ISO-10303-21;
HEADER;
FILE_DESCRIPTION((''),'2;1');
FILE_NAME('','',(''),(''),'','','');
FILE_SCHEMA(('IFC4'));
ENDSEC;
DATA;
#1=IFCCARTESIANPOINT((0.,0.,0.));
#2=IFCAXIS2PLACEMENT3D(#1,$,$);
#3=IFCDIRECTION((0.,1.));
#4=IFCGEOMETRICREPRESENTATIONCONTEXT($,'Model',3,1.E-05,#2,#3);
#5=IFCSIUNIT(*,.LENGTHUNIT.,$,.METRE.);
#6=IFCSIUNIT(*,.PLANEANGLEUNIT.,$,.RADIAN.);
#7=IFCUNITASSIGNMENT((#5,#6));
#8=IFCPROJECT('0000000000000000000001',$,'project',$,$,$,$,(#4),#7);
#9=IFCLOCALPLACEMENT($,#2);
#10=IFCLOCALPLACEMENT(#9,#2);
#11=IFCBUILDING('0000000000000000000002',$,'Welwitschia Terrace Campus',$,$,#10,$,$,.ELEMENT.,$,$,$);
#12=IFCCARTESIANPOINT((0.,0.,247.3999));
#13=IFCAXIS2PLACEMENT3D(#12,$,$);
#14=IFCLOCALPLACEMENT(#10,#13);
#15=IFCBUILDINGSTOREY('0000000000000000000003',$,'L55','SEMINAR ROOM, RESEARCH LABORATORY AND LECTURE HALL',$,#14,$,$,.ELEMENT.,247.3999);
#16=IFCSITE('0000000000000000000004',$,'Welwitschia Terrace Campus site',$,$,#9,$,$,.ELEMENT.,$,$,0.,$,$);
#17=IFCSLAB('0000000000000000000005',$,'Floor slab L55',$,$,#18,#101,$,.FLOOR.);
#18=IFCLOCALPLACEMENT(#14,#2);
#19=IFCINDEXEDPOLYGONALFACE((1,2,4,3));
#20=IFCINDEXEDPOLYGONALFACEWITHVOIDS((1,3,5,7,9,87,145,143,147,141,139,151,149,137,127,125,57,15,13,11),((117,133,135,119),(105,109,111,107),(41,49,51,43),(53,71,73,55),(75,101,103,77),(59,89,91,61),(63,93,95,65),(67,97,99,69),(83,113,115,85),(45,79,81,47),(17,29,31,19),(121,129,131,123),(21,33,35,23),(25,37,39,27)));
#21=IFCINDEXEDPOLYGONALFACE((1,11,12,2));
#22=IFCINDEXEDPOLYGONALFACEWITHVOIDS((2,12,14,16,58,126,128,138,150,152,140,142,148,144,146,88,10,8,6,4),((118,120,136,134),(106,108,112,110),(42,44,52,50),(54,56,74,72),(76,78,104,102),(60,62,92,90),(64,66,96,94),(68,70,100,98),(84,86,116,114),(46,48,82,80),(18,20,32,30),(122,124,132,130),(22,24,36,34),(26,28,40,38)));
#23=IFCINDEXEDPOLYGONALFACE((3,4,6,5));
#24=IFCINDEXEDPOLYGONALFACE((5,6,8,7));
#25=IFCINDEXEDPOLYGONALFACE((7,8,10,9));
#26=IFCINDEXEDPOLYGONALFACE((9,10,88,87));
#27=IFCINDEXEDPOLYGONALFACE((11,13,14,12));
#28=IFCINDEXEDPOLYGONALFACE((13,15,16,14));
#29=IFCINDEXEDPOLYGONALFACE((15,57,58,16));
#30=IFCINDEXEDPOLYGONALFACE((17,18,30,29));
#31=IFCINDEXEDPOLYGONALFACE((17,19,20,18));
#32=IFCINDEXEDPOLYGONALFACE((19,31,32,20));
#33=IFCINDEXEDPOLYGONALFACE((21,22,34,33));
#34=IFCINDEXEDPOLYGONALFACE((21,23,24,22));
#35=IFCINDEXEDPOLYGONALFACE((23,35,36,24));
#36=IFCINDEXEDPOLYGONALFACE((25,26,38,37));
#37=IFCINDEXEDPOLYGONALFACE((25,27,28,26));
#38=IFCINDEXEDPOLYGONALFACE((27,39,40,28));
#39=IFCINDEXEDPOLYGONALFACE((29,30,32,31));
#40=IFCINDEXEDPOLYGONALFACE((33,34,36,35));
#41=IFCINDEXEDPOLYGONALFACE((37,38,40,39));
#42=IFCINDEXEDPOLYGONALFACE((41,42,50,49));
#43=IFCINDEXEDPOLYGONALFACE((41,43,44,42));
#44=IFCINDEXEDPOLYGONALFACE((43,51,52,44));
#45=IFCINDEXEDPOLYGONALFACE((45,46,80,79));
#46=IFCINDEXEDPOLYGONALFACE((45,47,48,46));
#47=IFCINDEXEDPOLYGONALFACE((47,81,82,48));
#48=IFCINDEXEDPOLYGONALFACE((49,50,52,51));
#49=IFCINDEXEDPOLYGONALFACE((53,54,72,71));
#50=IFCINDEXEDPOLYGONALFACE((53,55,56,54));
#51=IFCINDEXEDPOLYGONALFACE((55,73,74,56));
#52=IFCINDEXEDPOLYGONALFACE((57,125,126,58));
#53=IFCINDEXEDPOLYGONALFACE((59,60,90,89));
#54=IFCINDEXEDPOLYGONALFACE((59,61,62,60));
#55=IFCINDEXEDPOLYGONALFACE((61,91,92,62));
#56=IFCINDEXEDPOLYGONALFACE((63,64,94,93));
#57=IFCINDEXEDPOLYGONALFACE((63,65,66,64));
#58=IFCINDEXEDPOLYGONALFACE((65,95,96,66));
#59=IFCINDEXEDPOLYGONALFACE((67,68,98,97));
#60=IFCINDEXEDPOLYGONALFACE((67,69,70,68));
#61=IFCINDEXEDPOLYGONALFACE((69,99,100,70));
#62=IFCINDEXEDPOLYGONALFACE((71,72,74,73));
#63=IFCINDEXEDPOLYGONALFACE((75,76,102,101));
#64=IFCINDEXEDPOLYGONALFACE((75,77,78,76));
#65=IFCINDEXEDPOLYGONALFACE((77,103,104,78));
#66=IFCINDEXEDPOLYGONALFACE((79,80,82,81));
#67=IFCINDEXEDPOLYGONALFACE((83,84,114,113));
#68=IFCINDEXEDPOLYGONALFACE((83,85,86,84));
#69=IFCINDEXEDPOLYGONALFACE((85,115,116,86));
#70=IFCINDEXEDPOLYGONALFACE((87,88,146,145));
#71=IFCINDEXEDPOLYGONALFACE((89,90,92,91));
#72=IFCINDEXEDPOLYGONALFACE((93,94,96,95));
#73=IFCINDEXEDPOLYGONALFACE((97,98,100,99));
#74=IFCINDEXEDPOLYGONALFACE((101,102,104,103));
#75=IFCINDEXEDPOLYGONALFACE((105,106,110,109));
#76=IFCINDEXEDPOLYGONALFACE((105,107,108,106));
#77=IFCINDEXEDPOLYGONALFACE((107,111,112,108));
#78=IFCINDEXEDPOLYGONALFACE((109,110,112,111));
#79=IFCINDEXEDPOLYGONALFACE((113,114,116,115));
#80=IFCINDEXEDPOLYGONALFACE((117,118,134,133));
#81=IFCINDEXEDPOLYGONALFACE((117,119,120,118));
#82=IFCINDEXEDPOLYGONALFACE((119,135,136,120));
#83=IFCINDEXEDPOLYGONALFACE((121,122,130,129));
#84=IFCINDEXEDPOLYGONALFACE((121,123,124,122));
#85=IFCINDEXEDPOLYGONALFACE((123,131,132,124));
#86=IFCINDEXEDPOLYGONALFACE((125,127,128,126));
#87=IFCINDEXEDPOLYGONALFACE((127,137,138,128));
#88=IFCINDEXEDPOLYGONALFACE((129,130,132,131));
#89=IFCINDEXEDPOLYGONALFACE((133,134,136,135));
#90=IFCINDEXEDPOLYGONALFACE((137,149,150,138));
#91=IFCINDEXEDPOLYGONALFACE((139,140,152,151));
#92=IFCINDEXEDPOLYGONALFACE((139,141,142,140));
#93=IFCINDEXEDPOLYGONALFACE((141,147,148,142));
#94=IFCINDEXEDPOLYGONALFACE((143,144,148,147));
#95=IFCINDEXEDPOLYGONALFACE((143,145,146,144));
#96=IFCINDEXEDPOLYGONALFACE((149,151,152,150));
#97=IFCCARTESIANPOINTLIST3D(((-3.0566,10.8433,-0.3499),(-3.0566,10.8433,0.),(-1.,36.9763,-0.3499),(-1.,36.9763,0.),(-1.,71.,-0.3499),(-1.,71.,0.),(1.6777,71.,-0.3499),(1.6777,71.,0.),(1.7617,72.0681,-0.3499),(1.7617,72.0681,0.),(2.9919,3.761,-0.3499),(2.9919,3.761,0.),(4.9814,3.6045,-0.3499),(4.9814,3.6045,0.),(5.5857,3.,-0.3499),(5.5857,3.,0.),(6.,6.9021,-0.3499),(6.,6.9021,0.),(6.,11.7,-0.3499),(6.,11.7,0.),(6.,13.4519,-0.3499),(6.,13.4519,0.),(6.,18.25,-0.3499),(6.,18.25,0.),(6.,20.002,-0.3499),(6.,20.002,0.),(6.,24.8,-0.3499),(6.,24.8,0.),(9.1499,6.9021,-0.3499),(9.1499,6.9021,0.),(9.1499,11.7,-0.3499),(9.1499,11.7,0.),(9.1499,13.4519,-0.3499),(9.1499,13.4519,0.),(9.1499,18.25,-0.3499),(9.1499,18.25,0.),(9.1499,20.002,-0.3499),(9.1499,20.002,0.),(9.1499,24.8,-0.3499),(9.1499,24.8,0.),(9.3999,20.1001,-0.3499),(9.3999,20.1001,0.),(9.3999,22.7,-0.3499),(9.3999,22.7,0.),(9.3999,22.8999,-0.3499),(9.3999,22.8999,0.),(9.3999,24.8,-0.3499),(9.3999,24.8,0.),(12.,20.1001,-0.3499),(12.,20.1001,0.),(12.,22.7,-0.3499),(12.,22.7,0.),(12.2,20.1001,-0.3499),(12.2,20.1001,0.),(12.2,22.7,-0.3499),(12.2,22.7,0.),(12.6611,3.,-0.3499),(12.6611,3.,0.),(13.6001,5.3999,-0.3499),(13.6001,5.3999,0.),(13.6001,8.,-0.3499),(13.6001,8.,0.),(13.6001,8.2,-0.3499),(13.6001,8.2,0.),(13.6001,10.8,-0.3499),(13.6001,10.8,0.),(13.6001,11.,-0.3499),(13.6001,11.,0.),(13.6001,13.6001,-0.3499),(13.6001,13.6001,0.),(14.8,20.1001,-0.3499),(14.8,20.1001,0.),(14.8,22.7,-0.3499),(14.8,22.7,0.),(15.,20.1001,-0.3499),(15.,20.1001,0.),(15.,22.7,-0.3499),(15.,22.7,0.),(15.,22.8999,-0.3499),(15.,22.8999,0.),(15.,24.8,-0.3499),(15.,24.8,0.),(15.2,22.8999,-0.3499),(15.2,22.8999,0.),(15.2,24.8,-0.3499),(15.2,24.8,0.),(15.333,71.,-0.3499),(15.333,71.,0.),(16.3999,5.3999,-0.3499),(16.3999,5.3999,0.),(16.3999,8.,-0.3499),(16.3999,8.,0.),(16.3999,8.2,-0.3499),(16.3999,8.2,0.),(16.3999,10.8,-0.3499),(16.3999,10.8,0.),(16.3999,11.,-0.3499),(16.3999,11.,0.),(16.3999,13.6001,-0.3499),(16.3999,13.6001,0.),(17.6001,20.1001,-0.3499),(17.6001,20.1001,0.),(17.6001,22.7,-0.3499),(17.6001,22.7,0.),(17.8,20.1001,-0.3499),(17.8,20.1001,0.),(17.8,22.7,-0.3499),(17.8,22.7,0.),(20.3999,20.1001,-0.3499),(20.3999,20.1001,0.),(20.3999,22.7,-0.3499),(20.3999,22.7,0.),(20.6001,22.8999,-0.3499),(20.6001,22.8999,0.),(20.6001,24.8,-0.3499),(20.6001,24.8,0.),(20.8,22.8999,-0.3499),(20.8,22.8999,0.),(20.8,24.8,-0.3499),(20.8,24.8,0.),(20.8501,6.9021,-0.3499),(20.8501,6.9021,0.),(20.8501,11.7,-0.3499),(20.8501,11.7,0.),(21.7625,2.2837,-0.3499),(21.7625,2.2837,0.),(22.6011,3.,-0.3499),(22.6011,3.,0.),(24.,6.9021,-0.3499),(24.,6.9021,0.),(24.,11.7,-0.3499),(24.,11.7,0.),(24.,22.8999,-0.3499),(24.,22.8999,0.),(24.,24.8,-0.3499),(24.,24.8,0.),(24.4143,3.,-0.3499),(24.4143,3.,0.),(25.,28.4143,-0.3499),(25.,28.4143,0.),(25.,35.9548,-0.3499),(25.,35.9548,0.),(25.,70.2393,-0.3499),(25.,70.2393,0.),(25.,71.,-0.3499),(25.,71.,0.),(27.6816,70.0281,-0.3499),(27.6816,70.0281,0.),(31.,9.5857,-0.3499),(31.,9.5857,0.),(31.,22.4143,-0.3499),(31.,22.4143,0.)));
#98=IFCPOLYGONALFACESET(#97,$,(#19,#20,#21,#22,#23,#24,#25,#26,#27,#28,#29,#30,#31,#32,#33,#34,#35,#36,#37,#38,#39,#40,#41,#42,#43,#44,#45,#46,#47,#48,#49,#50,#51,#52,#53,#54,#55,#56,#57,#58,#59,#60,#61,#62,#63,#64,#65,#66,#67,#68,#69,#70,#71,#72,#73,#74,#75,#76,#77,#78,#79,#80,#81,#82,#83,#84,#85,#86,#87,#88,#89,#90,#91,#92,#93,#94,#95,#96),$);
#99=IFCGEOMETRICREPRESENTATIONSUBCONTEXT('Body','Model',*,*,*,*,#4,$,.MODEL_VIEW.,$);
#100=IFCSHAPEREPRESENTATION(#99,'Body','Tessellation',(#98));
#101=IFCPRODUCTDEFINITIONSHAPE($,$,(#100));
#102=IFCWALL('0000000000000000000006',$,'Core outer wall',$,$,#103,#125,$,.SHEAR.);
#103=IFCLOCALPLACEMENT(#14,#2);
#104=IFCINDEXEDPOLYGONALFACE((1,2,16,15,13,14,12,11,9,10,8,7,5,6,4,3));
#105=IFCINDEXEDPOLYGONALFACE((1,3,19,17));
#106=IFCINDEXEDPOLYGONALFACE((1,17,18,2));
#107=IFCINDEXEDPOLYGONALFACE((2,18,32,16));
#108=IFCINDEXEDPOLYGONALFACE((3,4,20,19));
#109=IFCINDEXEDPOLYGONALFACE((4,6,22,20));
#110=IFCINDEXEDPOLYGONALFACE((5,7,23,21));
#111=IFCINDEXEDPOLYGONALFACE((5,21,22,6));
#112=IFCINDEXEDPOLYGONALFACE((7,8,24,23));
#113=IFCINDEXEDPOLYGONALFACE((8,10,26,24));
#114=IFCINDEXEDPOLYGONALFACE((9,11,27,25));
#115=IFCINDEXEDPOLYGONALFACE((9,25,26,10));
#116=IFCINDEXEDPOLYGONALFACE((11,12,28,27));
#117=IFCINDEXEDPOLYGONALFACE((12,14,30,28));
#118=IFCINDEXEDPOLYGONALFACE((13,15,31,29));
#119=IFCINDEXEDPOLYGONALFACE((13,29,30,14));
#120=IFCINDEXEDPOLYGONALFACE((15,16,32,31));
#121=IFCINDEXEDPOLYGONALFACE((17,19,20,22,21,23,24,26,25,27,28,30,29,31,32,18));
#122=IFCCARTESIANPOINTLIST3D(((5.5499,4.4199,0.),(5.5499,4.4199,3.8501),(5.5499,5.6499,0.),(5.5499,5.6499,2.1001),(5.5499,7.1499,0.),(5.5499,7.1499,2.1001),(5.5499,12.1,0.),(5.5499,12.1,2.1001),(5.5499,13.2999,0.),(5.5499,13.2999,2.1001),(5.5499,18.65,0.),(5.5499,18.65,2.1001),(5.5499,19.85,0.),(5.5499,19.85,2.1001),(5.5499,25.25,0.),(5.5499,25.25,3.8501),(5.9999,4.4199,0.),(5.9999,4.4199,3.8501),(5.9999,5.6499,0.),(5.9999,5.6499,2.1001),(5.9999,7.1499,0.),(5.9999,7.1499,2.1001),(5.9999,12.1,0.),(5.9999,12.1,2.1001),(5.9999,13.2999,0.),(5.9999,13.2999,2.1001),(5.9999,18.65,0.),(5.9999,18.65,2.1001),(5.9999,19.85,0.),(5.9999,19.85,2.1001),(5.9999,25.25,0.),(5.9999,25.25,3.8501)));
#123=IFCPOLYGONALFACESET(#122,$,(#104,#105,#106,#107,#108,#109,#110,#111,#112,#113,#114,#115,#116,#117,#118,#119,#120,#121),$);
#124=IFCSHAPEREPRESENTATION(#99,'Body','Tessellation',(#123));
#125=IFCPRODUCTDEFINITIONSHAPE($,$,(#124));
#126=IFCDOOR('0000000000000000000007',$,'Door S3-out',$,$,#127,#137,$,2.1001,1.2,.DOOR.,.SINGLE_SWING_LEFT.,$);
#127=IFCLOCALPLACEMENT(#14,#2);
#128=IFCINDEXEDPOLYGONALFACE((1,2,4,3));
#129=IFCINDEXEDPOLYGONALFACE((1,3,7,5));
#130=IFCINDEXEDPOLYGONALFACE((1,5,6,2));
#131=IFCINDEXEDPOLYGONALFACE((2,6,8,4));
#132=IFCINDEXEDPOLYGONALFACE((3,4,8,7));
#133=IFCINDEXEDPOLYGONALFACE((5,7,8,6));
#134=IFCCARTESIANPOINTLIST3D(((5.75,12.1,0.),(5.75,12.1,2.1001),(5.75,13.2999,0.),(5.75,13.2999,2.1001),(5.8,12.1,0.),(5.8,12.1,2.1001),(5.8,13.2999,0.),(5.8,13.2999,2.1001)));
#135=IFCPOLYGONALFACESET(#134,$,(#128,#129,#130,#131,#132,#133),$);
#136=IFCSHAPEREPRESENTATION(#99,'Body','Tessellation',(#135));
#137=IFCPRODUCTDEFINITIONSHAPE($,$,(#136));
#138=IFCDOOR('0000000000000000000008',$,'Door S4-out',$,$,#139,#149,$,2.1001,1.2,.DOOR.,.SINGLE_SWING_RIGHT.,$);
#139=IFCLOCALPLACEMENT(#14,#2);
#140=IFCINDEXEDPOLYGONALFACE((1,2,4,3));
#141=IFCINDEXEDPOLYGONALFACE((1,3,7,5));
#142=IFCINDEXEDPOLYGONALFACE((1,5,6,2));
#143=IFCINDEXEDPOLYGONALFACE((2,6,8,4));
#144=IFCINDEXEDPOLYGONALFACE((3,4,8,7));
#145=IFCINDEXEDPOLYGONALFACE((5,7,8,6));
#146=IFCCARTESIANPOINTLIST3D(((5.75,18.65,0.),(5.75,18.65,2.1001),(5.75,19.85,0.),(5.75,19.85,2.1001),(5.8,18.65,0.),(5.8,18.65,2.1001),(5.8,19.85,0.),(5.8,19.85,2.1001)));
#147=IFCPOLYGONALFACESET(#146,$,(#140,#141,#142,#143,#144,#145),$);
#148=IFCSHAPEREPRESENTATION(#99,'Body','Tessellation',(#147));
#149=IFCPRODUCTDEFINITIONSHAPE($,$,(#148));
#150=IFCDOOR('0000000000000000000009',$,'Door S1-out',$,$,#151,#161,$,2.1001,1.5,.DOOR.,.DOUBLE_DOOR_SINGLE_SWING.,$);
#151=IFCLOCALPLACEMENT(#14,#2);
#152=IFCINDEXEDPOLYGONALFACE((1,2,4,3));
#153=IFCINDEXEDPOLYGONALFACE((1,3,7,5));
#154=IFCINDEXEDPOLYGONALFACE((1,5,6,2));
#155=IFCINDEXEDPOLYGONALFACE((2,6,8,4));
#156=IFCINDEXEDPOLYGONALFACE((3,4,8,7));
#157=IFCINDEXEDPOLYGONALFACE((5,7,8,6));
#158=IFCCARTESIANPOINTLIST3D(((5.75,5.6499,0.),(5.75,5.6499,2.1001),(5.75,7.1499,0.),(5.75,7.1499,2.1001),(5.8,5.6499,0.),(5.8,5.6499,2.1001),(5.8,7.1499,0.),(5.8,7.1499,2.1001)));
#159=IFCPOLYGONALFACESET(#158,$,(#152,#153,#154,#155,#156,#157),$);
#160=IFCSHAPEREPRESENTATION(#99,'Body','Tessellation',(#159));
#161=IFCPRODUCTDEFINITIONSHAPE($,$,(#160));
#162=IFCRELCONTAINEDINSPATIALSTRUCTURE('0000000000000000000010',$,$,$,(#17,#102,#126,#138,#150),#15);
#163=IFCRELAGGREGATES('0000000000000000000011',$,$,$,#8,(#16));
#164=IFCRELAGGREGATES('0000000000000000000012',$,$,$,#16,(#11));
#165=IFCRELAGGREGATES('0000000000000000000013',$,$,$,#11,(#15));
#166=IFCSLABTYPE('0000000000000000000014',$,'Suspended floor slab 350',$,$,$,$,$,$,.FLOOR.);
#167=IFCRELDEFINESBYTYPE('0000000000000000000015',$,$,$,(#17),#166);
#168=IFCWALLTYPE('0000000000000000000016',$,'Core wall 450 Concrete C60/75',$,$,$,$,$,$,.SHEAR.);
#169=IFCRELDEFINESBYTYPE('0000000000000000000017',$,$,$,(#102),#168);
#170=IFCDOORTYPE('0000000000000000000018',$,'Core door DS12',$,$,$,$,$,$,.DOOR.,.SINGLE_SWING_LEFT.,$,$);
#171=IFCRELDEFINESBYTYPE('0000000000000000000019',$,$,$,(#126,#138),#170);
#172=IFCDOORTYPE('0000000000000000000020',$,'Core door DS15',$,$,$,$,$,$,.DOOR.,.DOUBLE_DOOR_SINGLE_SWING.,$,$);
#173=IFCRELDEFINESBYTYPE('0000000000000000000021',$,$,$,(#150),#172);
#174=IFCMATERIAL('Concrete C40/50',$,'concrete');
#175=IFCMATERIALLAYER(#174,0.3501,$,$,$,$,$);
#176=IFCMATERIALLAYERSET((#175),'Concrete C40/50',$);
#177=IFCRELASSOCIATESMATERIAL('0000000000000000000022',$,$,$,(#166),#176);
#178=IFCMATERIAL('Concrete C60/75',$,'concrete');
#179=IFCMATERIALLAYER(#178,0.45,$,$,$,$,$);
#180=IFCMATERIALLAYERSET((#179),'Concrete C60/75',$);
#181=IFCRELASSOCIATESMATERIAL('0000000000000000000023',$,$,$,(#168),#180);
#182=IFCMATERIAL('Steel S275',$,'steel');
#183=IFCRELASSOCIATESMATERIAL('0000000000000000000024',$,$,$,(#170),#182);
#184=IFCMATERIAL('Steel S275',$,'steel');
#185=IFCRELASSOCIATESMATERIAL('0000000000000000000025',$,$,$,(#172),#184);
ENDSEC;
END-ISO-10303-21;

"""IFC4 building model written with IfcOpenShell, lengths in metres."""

from ifc_helpers import new_model, si_unit, direction, frame, frame_2d, origin, place, context, subcontext, project, spatial, polyline, rectangle, outline, extrude, material, layer, layer_set, type_object, element, fill, save


model = new_model("IFC4")

# Units and contexts
model_context = context("Model", 3, precision=1e-05, world=origin(), true_north=direction((0.0, 1.0)))
body_context = subcontext(model_context, "Body", "Model", "MODEL_VIEW")
ifc_project = project(units=[si_unit("LENGTHUNIT", "METRE"), si_unit("PLANEANGLEUNIT", "RADIAN")], contexts=[model_context])

# Site, building, storey
site_placement = place(None, origin())
site = spatial("IfcSite", under=ifc_project, at=site_placement, Name="Welwitschia Terrace Campus site", CompositionType="ELEMENT", RefElevation=0.0)
building_placement = place(site_placement, origin())
building = spatial("IfcBuilding", under=site, at=building_placement, Name="Welwitschia Terrace Campus", CompositionType="ELEMENT")
storey_placement = place(building_placement, frame((0.0, 0.0, 247.3999)))
storey = spatial("IfcBuildingStorey", under=building, at=storey_placement, Name="L55", Description="SEMINAR ROOM, RESEARCH LABORATORY AND LECTURE HALL", CompositionType="ELEMENT", Elevation=247.3999)

# Slab
ifc_material_1 = material(Name="Concrete C40/50", Category="concrete")
ifc_layer_1 = layer(ifc_material_1, 0.3501)
ifc_layer_set_1 = layer_set([ifc_layer_1], Name="Concrete C40/50")
slab_type_1 = type_object("IfcSlabType", Name="Suspended floor slab 350", PredefinedType="FLOOR", material=ifc_layer_set_1)
slab_1_placement = place(storey_placement, frame((0.0, 0.0, -0.3499)))
element("IfcSlab", 1, at=slab_1_placement, inside=storey, type_object=slab_type_1, Name="Floor slab L55", PredefinedType="FLOOR", context=body_context, shape_type="SweptSolid", body=[
    extrude(outline(polyline([(1.6777, 71.0), (1.7617, 72.0681), (15.333, 71.0), (25.0, 71.0), (25.0, 70.2393), (27.6816, 70.0281), (25.0, 35.9548), (25.0, 28.4143), (31.0, 22.4143), (31.0, 9.5857), (24.4143, 3.0), (22.6011, 3.0), (21.7625, 2.2837), (12.6611, 3.0), (5.5857, 3.0), (4.9814, 3.6045), (2.9919, 3.761), (-3.0566, 10.8433), (-1.0, 36.9763), (-1.0, 71.0), (1.6777, 71.0)]), holes=[polyline([(13.6001, 8.0), (13.6001, 5.3999), (16.3999, 5.3999), (16.3999, 8.0), (13.6001, 8.0)]), polyline([(9.1499, 11.7), (6.0, 11.7), (6.0, 6.9021), (9.1499, 6.9021), (9.1499, 11.7)]), polyline([(9.1499, 18.25), (6.0, 18.25), (6.0, 13.4519), (9.1499, 13.4519), (9.1499, 18.25)]), polyline([(12.0, 22.7), (9.3999, 22.7), (9.3999, 20.1001), (12.0, 20.1001), (12.0, 22.7)]), polyline([(14.8, 22.7), (12.2, 22.7), (12.2, 20.1001), (14.8, 20.1001), (14.8, 22.7)]), polyline([(9.1499, 24.8), (6.0, 24.8), (6.0, 20.002), (9.1499, 20.002), (9.1499, 24.8)]), polyline([(15.0, 24.8), (9.3999, 24.8), (9.3999, 22.8999), (15.0, 22.8999), (15.0, 24.8)]), polyline([(20.8501, 11.7), (20.8501, 6.9021), (24.0, 6.9021), (24.0, 11.7), (20.8501, 11.7)]), polyline([(16.3999, 10.8), (13.6001, 10.8), (13.6001, 8.2), (16.3999, 8.2), (16.3999, 10.8)]), polyline([(16.3999, 13.6001), (13.6001, 13.6001), (13.6001, 11.0), (16.3999, 11.0), (16.3999, 13.6001)]), polyline([(17.6001, 22.7), (15.0, 22.7), (15.0, 20.1001), (17.6001, 20.1001), (17.6001, 22.7)]), polyline([(20.3999, 22.7), (17.8, 22.7), (17.8, 20.1001), (20.3999, 20.1001), (20.3999, 22.7)]), polyline([(20.6001, 24.8), (15.2, 24.8), (15.2, 22.8999), (20.6001, 22.8999), (20.6001, 24.8)]), polyline([(24.0, 24.8), (20.8, 24.8), (20.8, 22.8999), (24.0, 22.8999), (24.0, 24.8)])]), origin(), (0.0, 0.0, 1.0), 0.3499),
])

# Wall, openings, doors
ifc_material_2 = material(Name="Concrete C60/75", Category="concrete")
ifc_layer_2 = layer(ifc_material_2, 0.45)
ifc_layer_set_2 = layer_set([ifc_layer_2], Name="Concrete C60/75")
wall_type_1 = type_object("IfcWallType", Name="Core wall 450 Concrete C60/75", PredefinedType="SHEAR", material=ifc_layer_set_2)
wall_1_placement = place(storey_placement, frame((5.7749, 4.4199, 0.0), z_axis=(0.0, 0.0, 1.0), x_axis=(0.0, 1.0, 0.0)))
wall_1 = element("IfcWall", 2, at=wall_1_placement, inside=storey, type_object=wall_type_1, Name="Core outer wall", PredefinedType="SHEAR", context=body_context, shape_type="SweptSolid", body=[
    extrude(rectangle(XDim=20.8301, YDim=0.45, at=frame_2d((10.415, 0.0))), origin(), (0.0, 0.0, 1.0), 3.8501),
])
opening_1_placement = place(wall_1_placement, frame((1.23, 0.0, 0.0)))
opening_1 = element("IfcOpeningElement", 3, at=opening_1_placement, cuts=wall_1, PredefinedType="OPENING", context=body_context, shape_type="SweptSolid", body=[
    extrude(rectangle(XDim=1.5, YDim=2.1001, at=frame_2d((0.75, 1.05))), frame((0.0, 0.2349, 0.0), z_axis=(0.0, -1.0, 0.0), x_axis=(1.0, 0.0, 0.0)), (0.0, 0.0, 1.0), 0.47),
])
opening_2_placement = place(wall_1_placement, frame((7.6799, 0.0, 0.0)))
opening_2 = element("IfcOpeningElement", 4, at=opening_2_placement, cuts=wall_1, PredefinedType="OPENING", context=body_context, shape_type="SweptSolid", body=[
    extrude(rectangle(XDim=1.2, YDim=2.1001, at=frame_2d((0.6001, 1.05))), frame((0.0, 0.2349, 0.0), z_axis=(0.0, -1.0, 0.0), x_axis=(1.0, 0.0, 0.0)), (0.0, 0.0, 1.0), 0.47),
])
opening_3_placement = place(wall_1_placement, frame((14.23, 0.0, 0.0)))
opening_3 = element("IfcOpeningElement", 5, at=opening_3_placement, cuts=wall_1, PredefinedType="OPENING", context=body_context, shape_type="SweptSolid", body=[
    extrude(rectangle(XDim=1.2, YDim=2.1001, at=frame_2d((0.6001, 1.05))), frame((0.0, 0.2349, 0.0), z_axis=(0.0, -1.0, 0.0), x_axis=(1.0, 0.0, 0.0)), (0.0, 0.0, 1.0), 0.47),
])
ifc_material_3 = material(Name="Steel S275", Category="steel")
door_type_1 = type_object("IfcDoorType", Name="Core door DS12", OperationType="SINGLE_SWING_LEFT", PredefinedType="DOOR", material=ifc_material_3)
door_1_placement = place(opening_2_placement, origin())
door_1 = element("IfcDoor", 6, at=door_1_placement, inside=storey, type_object=door_type_1, Name="Door S3-out", OperationType="SINGLE_SWING_LEFT", OverallHeight=2.1001, OverallWidth=1.2, PredefinedType="DOOR", context=body_context, shape_type="SweptSolid", body=[
    extrude(rectangle(XDim=1.2, YDim=2.1001, at=frame_2d((0.6001, 1.05))), frame((0.0, 0.0249, 0.0), z_axis=(0.0, -1.0, 0.0), x_axis=(1.0, 0.0, 0.0)), (0.0, 0.0, 1.0), 0.05),
])
fill(opening_2, door_1)
door_2_placement = place(opening_3_placement, origin())
door_2 = element("IfcDoor", 7, at=door_2_placement, inside=storey, type_object=door_type_1, Name="Door S4-out", OperationType="SINGLE_SWING_RIGHT", OverallHeight=2.1001, OverallWidth=1.2, PredefinedType="DOOR", context=body_context, shape_type="SweptSolid", body=[
    extrude(rectangle(XDim=1.2, YDim=2.1001, at=frame_2d((0.6001, 1.05))), frame((0.0, 0.0249, 0.0), z_axis=(0.0, -1.0, 0.0), x_axis=(1.0, 0.0, 0.0)), (0.0, 0.0, 1.0), 0.05),
])
fill(opening_3, door_2)
ifc_material_4 = material(Name="Steel S275", Category="steel")
door_type_2 = type_object("IfcDoorType", Name="Core door DS15", OperationType="DOUBLE_DOOR_SINGLE_SWING", PredefinedType="DOOR", material=ifc_material_4)
door_3_placement = place(opening_1_placement, origin())
door_3 = element("IfcDoor", 8, at=door_3_placement, inside=storey, type_object=door_type_2, Name="Door S1-out", OperationType="DOUBLE_DOOR_SINGLE_SWING", OverallHeight=2.1001, OverallWidth=1.5, PredefinedType="DOOR", context=body_context, shape_type="SweptSolid", body=[
    extrude(rectangle(XDim=1.5, YDim=2.1001, at=frame_2d((0.75, 1.05))), frame((0.0, 0.0249, 0.0), z_axis=(0.0, -1.0, 0.0), x_axis=(1.0, 0.0, 0.0)), (0.0, 0.0, 1.0), 0.05),
])
fill(opening_1, door_3)

save(model, "model.ifc")
